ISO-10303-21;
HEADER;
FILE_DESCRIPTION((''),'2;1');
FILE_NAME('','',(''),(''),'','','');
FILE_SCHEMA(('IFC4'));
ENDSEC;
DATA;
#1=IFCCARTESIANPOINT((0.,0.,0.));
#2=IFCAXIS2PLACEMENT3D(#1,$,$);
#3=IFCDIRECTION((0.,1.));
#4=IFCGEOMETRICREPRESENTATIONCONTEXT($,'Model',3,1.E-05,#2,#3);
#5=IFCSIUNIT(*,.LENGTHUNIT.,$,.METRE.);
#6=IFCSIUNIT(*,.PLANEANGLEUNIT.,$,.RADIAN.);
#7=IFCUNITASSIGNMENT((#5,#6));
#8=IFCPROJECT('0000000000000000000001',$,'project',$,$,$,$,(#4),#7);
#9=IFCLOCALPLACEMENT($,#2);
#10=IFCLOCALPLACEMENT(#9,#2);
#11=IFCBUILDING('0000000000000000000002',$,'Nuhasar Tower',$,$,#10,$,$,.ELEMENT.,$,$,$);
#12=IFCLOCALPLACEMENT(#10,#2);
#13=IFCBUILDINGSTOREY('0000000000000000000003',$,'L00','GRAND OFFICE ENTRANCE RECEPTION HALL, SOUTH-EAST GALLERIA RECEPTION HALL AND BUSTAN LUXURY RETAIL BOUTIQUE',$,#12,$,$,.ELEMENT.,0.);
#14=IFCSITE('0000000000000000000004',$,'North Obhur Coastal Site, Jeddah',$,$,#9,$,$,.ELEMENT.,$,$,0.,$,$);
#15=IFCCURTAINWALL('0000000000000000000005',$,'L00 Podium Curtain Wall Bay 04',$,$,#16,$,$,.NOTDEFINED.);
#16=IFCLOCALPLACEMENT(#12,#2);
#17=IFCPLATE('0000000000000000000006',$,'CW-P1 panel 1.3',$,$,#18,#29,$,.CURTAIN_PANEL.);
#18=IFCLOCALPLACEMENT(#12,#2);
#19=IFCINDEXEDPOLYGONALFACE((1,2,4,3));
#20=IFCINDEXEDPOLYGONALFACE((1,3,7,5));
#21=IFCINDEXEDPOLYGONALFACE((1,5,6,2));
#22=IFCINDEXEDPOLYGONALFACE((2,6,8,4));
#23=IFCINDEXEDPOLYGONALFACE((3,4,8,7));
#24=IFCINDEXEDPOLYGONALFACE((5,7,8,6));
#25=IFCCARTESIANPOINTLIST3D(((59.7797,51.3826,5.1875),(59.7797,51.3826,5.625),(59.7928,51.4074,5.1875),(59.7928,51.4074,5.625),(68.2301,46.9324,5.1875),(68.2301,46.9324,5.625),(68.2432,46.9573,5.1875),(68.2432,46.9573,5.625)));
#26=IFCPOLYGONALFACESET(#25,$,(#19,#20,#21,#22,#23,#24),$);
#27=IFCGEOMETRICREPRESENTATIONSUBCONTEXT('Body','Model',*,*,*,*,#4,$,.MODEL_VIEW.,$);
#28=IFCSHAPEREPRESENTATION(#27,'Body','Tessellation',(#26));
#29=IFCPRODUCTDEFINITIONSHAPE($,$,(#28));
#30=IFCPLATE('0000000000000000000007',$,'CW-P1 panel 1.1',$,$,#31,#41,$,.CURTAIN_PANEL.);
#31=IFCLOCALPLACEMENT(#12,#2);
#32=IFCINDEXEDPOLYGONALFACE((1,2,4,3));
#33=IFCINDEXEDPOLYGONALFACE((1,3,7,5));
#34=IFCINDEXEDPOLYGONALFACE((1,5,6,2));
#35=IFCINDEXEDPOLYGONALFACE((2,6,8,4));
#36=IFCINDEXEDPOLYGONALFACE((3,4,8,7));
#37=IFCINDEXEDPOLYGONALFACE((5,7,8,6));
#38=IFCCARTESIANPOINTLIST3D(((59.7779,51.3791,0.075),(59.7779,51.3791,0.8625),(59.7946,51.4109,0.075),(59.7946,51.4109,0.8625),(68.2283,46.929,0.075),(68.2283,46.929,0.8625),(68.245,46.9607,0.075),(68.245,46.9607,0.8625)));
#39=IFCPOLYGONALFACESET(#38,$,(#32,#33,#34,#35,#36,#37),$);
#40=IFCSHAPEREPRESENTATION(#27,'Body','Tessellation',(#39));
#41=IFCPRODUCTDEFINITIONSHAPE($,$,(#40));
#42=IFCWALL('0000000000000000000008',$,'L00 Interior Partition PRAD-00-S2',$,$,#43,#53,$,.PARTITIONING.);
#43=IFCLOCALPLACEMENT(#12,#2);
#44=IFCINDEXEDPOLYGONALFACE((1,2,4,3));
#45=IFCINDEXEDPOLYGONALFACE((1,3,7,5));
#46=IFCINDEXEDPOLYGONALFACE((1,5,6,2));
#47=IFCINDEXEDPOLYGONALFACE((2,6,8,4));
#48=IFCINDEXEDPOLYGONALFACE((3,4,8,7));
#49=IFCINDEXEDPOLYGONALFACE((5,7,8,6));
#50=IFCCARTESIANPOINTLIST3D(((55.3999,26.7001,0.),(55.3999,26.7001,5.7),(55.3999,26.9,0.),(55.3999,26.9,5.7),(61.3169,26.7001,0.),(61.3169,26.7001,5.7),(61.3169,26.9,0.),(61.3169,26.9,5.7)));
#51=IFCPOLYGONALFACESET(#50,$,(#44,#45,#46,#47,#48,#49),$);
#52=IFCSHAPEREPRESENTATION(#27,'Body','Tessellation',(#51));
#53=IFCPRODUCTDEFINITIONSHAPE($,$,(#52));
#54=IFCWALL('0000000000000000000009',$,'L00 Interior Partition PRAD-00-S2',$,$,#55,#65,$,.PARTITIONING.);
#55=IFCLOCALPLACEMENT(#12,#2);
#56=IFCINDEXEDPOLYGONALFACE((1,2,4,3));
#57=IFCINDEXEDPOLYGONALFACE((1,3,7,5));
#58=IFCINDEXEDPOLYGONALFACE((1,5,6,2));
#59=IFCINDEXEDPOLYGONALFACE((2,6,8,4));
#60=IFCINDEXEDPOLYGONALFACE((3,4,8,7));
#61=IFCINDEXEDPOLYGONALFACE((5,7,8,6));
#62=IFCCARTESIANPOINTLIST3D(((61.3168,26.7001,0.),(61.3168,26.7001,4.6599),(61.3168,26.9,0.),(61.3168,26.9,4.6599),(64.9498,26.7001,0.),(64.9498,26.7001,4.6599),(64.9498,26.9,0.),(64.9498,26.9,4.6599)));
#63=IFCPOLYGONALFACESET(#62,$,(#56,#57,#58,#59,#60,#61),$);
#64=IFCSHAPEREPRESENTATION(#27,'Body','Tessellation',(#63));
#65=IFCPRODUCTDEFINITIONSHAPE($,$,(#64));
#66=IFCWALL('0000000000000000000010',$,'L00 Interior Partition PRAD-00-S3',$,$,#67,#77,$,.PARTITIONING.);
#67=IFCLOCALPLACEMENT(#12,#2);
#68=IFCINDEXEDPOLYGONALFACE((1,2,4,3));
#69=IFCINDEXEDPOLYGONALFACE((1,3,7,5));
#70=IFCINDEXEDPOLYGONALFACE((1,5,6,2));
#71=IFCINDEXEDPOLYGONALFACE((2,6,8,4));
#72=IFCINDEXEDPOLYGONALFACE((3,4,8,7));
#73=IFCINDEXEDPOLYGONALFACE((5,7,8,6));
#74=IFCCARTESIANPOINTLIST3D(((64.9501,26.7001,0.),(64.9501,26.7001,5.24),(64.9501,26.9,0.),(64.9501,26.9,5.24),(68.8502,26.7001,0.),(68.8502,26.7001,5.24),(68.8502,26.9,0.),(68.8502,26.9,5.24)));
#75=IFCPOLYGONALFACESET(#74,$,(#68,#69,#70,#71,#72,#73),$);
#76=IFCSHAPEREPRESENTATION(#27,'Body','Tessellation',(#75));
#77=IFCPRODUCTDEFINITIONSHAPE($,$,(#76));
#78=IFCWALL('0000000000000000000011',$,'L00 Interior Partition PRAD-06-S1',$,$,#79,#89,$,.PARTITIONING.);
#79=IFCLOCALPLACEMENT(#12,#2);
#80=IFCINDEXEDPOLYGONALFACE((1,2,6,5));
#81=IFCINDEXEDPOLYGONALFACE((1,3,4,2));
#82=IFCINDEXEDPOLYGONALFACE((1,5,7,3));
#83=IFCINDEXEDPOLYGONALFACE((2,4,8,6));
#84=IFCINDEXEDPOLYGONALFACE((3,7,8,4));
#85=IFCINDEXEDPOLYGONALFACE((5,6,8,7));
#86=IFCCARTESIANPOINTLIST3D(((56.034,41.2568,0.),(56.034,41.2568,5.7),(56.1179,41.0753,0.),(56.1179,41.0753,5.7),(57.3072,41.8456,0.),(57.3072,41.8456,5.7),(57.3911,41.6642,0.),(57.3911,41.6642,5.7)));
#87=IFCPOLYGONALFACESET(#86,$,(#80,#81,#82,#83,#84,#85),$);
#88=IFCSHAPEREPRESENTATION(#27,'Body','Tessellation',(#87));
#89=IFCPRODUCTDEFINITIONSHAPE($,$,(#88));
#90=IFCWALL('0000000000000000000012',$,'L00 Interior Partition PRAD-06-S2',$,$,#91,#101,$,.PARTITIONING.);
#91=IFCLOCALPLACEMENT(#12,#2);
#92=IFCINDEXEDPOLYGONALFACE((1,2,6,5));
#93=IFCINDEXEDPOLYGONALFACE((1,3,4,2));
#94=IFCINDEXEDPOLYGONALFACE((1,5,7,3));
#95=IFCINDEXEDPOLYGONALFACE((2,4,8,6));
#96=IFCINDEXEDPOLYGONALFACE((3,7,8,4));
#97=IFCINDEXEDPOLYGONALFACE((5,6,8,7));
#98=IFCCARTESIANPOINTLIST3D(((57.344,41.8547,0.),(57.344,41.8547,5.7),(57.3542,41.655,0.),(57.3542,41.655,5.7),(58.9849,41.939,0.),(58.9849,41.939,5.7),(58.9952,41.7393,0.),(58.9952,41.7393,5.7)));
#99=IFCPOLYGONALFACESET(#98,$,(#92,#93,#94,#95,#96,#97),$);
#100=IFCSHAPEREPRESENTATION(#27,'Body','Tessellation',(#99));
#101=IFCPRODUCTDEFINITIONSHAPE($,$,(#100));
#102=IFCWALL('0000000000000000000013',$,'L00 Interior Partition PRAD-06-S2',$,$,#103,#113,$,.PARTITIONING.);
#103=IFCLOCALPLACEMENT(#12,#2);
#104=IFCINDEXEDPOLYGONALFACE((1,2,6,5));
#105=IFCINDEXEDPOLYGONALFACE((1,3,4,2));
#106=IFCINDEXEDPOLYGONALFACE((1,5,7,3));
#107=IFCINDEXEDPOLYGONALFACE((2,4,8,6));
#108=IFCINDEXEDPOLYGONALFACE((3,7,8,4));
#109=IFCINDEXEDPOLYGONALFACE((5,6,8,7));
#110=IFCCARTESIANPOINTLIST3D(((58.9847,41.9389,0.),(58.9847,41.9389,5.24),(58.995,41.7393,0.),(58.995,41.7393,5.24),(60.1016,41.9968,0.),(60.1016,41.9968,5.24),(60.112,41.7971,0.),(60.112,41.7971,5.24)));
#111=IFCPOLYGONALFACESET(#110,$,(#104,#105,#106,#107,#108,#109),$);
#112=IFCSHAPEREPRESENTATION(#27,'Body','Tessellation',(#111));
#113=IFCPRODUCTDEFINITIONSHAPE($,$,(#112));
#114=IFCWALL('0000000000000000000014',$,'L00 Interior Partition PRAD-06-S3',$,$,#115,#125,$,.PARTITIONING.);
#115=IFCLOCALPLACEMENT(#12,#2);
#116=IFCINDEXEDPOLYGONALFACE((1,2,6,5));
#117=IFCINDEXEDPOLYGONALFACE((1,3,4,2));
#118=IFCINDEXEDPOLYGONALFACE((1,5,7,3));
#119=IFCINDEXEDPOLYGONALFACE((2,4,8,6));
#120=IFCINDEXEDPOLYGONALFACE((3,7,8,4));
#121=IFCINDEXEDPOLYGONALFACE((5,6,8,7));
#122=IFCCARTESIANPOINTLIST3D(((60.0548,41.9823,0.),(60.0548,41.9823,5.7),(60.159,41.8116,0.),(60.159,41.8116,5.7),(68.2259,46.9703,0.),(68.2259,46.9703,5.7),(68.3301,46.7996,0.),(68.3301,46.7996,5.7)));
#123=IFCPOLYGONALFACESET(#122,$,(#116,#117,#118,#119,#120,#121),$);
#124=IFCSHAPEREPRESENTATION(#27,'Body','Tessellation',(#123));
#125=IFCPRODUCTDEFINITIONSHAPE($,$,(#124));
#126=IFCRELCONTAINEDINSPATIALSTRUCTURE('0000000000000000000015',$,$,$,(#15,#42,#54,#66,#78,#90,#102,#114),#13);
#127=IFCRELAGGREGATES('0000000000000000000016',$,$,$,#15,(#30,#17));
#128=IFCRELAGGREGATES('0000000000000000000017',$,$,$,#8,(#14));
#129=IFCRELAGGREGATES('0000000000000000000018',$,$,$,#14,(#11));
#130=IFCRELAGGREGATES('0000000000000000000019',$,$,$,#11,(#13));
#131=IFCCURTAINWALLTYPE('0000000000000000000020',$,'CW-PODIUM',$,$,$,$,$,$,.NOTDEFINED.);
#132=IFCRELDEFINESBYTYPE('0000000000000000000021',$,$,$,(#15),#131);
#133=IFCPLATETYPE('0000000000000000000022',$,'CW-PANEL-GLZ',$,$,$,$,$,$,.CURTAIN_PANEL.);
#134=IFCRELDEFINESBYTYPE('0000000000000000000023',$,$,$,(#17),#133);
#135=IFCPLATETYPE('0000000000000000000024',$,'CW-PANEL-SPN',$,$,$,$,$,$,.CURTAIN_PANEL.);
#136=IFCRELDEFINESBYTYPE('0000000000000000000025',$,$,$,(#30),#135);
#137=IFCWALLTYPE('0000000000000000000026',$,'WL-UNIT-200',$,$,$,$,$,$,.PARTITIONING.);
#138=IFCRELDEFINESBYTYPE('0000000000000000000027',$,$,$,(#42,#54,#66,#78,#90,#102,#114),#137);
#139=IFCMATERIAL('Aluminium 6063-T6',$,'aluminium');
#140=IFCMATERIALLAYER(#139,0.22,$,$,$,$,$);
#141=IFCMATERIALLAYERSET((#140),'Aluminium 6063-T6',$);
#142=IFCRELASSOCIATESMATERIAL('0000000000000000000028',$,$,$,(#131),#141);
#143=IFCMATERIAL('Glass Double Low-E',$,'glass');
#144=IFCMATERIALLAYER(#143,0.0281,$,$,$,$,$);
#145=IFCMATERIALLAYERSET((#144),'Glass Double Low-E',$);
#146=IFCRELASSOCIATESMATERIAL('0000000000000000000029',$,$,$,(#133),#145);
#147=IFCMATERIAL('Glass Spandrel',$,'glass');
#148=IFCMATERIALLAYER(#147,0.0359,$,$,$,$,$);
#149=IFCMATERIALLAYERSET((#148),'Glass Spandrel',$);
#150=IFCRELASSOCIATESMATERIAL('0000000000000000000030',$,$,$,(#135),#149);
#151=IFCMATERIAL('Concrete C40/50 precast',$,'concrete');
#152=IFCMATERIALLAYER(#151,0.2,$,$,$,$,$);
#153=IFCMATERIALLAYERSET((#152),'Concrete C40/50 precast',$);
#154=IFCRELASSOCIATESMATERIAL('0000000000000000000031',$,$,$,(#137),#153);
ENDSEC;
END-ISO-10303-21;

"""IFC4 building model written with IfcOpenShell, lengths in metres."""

from ifc_helpers import new_model, si_unit, direction, frame, frame_2d, origin, origin_2d, place, context, subcontext, project, spatial, rectangle, extrude, material, layer, layer_set, type_object, element, aggregate, save


model = new_model("IFC4")

# Units and contexts
model_context = context("Model", 3, precision=1e-05, world=origin(), true_north=direction((0.0, 1.0)))
body_context = subcontext(model_context, "Body", "Model", "MODEL_VIEW")
ifc_project = project(units=[si_unit("LENGTHUNIT", "METRE"), si_unit("PLANEANGLEUNIT", "RADIAN")], contexts=[model_context])

# Site, building, storey
site_placement = place(None, origin())
site = spatial("IfcSite", under=ifc_project, at=site_placement, Name="North Obhur Coastal Site, Jeddah", CompositionType="ELEMENT", RefElevation=0.0)
building_placement = place(site_placement, origin())
building = spatial("IfcBuilding", under=site, at=building_placement, Name="Nuhasar Tower", CompositionType="ELEMENT")
storey_placement = place(building_placement, origin())
storey = spatial("IfcBuildingStorey", under=building, at=storey_placement, Name="L00", Description="GRAND OFFICE ENTRANCE RECEPTION HALL, SOUTH-EAST GALLERIA RECEPTION HALL AND BUSTAN LUXURY RETAIL BOUTIQUE", CompositionType="ELEMENT", Elevation=0.0)

# Shared definitions
ifc_material_1 = material(Name="Aluminium 6063-T6", Category="aluminium")
ifc_layer_1 = layer(ifc_material_1, 0.22)
ifc_layer_set_1 = layer_set([ifc_layer_1], Name="Aluminium 6063-T6")
curtain_wall_type = type_object("IfcCurtainWallType", Name="CW-PODIUM", PredefinedType="NOTDEFINED", material=ifc_layer_set_1)

# Curtain wall, plates
curtain_wall_1_placement = place(storey_placement, origin())
curtain_wall_1 = element("IfcCurtainWall", 1, at=curtain_wall_1_placement, inside=storey, type_object=curtain_wall_type, Name="L00 Podium Curtain Wall Bay 04", PredefinedType="NOTDEFINED")
ifc_material_2 = material(Name="Glass Double Low-E", Category="glass")
ifc_layer_2 = layer(ifc_material_2, 0.0281)
ifc_layer_set_2 = layer_set([ifc_layer_2], Name="Glass Double Low-E")
plate_type_1 = type_object("IfcPlateType", Name="CW-PANEL-GLZ", PredefinedType="CURTAIN_PANEL", material=ifc_layer_set_2)
plate_1_placement = place(storey_placement, frame((64.0115, 49.1699, 5.1875), z_axis=(0.0, 0.0, 1.0), x_axis=(-0.884806, 0.465959, 0.0)))
plate_1 = element("IfcPlate", 2, at=plate_1_placement, type_object=plate_type_1, Name="CW-P1 panel 1.3", PredefinedType="CURTAIN_PANEL", context=body_context, shape_type="SweptSolid", body=[
    extrude(rectangle(XDim=9.5505, YDim=0.0281, at=origin_2d()), origin(), (0.0, 0.0, 1.0), 0.4375),
])
ifc_material_3 = material(Name="Glass Spandrel", Category="glass")
ifc_layer_3 = layer(ifc_material_3, 0.0359)
ifc_layer_set_3 = layer_set([ifc_layer_3], Name="Glass Spandrel")
plate_type_2 = type_object("IfcPlateType", Name="CW-PANEL-SPN", PredefinedType="CURTAIN_PANEL", material=ifc_layer_set_3)
plate_2_placement = place(storey_placement, frame((64.0115, 49.1699, 0.075), z_axis=(0.0, 0.0, 1.0), x_axis=(-0.884806, 0.465959, 0.0)))
plate_2 = element("IfcPlate", 3, at=plate_2_placement, type_object=plate_type_2, Name="CW-P1 panel 1.1", PredefinedType="CURTAIN_PANEL", context=body_context, shape_type="SweptSolid", body=[
    extrude(rectangle(XDim=9.5505, YDim=0.0359, at=origin_2d()), origin(), (0.0, 0.0, 1.0), 0.7876),
])
aggregate(curtain_wall_1, [plate_2, plate_1])

# Walls
ifc_material_4 = material(Name="Concrete C40/50 precast", Category="concrete")
ifc_layer_4 = layer(ifc_material_4, 0.2)
ifc_layer_set_4 = layer_set([ifc_layer_4], Name="Concrete C40/50 precast")
wall_type = type_object("IfcWallType", Name="WL-UNIT-200", PredefinedType="PARTITIONING", material=ifc_layer_set_4)
wall_1_placement = place(storey_placement, frame((55.3999, 26.8, 0.0), z_axis=(0.0, 0.0, 1.0), x_axis=(1.0, 0.0, 0.0)))
element("IfcWall", 4, at=wall_1_placement, inside=storey, type_object=wall_type, Name="L00 Interior Partition PRAD-00-S2", PredefinedType="PARTITIONING", context=body_context, shape_type="SweptSolid", body=[
    extrude(rectangle(XDim=5.917, YDim=0.2, at=frame_2d((2.9585, 0.0))), origin(), (0.0, 0.0, 1.0), 5.7),
])
wall_2_placement = place(storey_placement, frame((61.3169, 26.8, 0.0), z_axis=(0.0, 0.0, 1.0), x_axis=(1.0, 0.0, 0.0)))
element("IfcWall", 5, at=wall_2_placement, inside=storey, type_object=wall_type, Name="L00 Interior Partition PRAD-00-S2", PredefinedType="PARTITIONING", context=body_context, shape_type="SweptSolid", body=[
    extrude(rectangle(XDim=3.6331, YDim=0.2, at=frame_2d((1.8164, 0.0))), origin(), (0.0, 0.0, 1.0), 4.6599),
])
wall_3_placement = place(storey_placement, frame((64.95, 26.8, 0.0), z_axis=(0.0, 0.0, 1.0), x_axis=(1.0, 0.0, 0.0)))
element("IfcWall", 6, at=wall_3_placement, inside=storey, type_object=wall_type, Name="L00 Interior Partition PRAD-00-S3", PredefinedType="PARTITIONING", context=body_context, shape_type="SweptSolid", body=[
    extrude(rectangle(XDim=3.9001, YDim=0.2, at=frame_2d((1.9502, 0.0))), origin(), (0.0, 0.0, 1.0), 5.24),
])
wall_4_placement = place(storey_placement, frame((56.0759, 41.166, 0.0), z_axis=(0.0, 0.0, 1.0), x_axis=(0.907623, 0.419786, 0.0)))
element("IfcWall", 7, at=wall_4_placement, inside=storey, type_object=wall_type, Name="L00 Interior Partition PRAD-06-S1", PredefinedType="PARTITIONING", context=body_context, shape_type="SweptSolid", body=[
    extrude(rectangle(XDim=1.4028, YDim=0.2, at=frame_2d((0.7014, 0.0))), origin(), (0.0, 0.0, 1.0), 5.7),
])
wall_5_placement = place(storey_placement, frame((57.3491, 41.7549, 0.0), z_axis=(0.0, 0.0, 1.0), x_axis=(0.998685, 0.051264, 0.0)))
element("IfcWall", 8, at=wall_5_placement, inside=storey, type_object=wall_type, Name="L00 Interior Partition PRAD-06-S2", PredefinedType="PARTITIONING", context=body_context, shape_type="SweptSolid", body=[
    extrude(rectangle(XDim=1.6431, YDim=0.2, at=frame_2d((0.8215, 0.0))), origin(), (0.0, 0.0, 1.0), 5.7),
])
wall_6_placement = place(storey_placement, frame((58.99, 41.8391, 0.0), z_axis=(0.0, 0.0, 1.0), x_axis=(0.998661, 0.051734, 0.0)))
element("IfcWall", 9, at=wall_6_placement, inside=storey, type_object=wall_type, Name="L00 Interior Partition PRAD-06-S2", PredefinedType="PARTITIONING", context=body_context, shape_type="SweptSolid", body=[
    extrude(rectangle(XDim=1.1184, YDim=0.2, at=frame_2d((0.5591, 0.0))), origin(), (0.0, 0.0, 1.0), 5.24),
])
wall_7_placement = place(storey_placement, frame((60.1069, 41.897, 0.0), z_axis=(0.0, 0.0, 1.0), x_axis=(0.853535, 0.521036, 0.0)))
element("IfcWall", 10, at=wall_7_placement, inside=storey, type_object=wall_type, Name="L00 Interior Partition PRAD-06-S3", PredefinedType="PARTITIONING", context=body_context, shape_type="SweptSolid", body=[
    extrude(rectangle(XDim=9.5732, YDim=0.2, at=frame_2d((4.7866, 0.0))), origin(), (0.0, 0.0, 1.0), 5.7),
])

save(model, "model.ifc")
